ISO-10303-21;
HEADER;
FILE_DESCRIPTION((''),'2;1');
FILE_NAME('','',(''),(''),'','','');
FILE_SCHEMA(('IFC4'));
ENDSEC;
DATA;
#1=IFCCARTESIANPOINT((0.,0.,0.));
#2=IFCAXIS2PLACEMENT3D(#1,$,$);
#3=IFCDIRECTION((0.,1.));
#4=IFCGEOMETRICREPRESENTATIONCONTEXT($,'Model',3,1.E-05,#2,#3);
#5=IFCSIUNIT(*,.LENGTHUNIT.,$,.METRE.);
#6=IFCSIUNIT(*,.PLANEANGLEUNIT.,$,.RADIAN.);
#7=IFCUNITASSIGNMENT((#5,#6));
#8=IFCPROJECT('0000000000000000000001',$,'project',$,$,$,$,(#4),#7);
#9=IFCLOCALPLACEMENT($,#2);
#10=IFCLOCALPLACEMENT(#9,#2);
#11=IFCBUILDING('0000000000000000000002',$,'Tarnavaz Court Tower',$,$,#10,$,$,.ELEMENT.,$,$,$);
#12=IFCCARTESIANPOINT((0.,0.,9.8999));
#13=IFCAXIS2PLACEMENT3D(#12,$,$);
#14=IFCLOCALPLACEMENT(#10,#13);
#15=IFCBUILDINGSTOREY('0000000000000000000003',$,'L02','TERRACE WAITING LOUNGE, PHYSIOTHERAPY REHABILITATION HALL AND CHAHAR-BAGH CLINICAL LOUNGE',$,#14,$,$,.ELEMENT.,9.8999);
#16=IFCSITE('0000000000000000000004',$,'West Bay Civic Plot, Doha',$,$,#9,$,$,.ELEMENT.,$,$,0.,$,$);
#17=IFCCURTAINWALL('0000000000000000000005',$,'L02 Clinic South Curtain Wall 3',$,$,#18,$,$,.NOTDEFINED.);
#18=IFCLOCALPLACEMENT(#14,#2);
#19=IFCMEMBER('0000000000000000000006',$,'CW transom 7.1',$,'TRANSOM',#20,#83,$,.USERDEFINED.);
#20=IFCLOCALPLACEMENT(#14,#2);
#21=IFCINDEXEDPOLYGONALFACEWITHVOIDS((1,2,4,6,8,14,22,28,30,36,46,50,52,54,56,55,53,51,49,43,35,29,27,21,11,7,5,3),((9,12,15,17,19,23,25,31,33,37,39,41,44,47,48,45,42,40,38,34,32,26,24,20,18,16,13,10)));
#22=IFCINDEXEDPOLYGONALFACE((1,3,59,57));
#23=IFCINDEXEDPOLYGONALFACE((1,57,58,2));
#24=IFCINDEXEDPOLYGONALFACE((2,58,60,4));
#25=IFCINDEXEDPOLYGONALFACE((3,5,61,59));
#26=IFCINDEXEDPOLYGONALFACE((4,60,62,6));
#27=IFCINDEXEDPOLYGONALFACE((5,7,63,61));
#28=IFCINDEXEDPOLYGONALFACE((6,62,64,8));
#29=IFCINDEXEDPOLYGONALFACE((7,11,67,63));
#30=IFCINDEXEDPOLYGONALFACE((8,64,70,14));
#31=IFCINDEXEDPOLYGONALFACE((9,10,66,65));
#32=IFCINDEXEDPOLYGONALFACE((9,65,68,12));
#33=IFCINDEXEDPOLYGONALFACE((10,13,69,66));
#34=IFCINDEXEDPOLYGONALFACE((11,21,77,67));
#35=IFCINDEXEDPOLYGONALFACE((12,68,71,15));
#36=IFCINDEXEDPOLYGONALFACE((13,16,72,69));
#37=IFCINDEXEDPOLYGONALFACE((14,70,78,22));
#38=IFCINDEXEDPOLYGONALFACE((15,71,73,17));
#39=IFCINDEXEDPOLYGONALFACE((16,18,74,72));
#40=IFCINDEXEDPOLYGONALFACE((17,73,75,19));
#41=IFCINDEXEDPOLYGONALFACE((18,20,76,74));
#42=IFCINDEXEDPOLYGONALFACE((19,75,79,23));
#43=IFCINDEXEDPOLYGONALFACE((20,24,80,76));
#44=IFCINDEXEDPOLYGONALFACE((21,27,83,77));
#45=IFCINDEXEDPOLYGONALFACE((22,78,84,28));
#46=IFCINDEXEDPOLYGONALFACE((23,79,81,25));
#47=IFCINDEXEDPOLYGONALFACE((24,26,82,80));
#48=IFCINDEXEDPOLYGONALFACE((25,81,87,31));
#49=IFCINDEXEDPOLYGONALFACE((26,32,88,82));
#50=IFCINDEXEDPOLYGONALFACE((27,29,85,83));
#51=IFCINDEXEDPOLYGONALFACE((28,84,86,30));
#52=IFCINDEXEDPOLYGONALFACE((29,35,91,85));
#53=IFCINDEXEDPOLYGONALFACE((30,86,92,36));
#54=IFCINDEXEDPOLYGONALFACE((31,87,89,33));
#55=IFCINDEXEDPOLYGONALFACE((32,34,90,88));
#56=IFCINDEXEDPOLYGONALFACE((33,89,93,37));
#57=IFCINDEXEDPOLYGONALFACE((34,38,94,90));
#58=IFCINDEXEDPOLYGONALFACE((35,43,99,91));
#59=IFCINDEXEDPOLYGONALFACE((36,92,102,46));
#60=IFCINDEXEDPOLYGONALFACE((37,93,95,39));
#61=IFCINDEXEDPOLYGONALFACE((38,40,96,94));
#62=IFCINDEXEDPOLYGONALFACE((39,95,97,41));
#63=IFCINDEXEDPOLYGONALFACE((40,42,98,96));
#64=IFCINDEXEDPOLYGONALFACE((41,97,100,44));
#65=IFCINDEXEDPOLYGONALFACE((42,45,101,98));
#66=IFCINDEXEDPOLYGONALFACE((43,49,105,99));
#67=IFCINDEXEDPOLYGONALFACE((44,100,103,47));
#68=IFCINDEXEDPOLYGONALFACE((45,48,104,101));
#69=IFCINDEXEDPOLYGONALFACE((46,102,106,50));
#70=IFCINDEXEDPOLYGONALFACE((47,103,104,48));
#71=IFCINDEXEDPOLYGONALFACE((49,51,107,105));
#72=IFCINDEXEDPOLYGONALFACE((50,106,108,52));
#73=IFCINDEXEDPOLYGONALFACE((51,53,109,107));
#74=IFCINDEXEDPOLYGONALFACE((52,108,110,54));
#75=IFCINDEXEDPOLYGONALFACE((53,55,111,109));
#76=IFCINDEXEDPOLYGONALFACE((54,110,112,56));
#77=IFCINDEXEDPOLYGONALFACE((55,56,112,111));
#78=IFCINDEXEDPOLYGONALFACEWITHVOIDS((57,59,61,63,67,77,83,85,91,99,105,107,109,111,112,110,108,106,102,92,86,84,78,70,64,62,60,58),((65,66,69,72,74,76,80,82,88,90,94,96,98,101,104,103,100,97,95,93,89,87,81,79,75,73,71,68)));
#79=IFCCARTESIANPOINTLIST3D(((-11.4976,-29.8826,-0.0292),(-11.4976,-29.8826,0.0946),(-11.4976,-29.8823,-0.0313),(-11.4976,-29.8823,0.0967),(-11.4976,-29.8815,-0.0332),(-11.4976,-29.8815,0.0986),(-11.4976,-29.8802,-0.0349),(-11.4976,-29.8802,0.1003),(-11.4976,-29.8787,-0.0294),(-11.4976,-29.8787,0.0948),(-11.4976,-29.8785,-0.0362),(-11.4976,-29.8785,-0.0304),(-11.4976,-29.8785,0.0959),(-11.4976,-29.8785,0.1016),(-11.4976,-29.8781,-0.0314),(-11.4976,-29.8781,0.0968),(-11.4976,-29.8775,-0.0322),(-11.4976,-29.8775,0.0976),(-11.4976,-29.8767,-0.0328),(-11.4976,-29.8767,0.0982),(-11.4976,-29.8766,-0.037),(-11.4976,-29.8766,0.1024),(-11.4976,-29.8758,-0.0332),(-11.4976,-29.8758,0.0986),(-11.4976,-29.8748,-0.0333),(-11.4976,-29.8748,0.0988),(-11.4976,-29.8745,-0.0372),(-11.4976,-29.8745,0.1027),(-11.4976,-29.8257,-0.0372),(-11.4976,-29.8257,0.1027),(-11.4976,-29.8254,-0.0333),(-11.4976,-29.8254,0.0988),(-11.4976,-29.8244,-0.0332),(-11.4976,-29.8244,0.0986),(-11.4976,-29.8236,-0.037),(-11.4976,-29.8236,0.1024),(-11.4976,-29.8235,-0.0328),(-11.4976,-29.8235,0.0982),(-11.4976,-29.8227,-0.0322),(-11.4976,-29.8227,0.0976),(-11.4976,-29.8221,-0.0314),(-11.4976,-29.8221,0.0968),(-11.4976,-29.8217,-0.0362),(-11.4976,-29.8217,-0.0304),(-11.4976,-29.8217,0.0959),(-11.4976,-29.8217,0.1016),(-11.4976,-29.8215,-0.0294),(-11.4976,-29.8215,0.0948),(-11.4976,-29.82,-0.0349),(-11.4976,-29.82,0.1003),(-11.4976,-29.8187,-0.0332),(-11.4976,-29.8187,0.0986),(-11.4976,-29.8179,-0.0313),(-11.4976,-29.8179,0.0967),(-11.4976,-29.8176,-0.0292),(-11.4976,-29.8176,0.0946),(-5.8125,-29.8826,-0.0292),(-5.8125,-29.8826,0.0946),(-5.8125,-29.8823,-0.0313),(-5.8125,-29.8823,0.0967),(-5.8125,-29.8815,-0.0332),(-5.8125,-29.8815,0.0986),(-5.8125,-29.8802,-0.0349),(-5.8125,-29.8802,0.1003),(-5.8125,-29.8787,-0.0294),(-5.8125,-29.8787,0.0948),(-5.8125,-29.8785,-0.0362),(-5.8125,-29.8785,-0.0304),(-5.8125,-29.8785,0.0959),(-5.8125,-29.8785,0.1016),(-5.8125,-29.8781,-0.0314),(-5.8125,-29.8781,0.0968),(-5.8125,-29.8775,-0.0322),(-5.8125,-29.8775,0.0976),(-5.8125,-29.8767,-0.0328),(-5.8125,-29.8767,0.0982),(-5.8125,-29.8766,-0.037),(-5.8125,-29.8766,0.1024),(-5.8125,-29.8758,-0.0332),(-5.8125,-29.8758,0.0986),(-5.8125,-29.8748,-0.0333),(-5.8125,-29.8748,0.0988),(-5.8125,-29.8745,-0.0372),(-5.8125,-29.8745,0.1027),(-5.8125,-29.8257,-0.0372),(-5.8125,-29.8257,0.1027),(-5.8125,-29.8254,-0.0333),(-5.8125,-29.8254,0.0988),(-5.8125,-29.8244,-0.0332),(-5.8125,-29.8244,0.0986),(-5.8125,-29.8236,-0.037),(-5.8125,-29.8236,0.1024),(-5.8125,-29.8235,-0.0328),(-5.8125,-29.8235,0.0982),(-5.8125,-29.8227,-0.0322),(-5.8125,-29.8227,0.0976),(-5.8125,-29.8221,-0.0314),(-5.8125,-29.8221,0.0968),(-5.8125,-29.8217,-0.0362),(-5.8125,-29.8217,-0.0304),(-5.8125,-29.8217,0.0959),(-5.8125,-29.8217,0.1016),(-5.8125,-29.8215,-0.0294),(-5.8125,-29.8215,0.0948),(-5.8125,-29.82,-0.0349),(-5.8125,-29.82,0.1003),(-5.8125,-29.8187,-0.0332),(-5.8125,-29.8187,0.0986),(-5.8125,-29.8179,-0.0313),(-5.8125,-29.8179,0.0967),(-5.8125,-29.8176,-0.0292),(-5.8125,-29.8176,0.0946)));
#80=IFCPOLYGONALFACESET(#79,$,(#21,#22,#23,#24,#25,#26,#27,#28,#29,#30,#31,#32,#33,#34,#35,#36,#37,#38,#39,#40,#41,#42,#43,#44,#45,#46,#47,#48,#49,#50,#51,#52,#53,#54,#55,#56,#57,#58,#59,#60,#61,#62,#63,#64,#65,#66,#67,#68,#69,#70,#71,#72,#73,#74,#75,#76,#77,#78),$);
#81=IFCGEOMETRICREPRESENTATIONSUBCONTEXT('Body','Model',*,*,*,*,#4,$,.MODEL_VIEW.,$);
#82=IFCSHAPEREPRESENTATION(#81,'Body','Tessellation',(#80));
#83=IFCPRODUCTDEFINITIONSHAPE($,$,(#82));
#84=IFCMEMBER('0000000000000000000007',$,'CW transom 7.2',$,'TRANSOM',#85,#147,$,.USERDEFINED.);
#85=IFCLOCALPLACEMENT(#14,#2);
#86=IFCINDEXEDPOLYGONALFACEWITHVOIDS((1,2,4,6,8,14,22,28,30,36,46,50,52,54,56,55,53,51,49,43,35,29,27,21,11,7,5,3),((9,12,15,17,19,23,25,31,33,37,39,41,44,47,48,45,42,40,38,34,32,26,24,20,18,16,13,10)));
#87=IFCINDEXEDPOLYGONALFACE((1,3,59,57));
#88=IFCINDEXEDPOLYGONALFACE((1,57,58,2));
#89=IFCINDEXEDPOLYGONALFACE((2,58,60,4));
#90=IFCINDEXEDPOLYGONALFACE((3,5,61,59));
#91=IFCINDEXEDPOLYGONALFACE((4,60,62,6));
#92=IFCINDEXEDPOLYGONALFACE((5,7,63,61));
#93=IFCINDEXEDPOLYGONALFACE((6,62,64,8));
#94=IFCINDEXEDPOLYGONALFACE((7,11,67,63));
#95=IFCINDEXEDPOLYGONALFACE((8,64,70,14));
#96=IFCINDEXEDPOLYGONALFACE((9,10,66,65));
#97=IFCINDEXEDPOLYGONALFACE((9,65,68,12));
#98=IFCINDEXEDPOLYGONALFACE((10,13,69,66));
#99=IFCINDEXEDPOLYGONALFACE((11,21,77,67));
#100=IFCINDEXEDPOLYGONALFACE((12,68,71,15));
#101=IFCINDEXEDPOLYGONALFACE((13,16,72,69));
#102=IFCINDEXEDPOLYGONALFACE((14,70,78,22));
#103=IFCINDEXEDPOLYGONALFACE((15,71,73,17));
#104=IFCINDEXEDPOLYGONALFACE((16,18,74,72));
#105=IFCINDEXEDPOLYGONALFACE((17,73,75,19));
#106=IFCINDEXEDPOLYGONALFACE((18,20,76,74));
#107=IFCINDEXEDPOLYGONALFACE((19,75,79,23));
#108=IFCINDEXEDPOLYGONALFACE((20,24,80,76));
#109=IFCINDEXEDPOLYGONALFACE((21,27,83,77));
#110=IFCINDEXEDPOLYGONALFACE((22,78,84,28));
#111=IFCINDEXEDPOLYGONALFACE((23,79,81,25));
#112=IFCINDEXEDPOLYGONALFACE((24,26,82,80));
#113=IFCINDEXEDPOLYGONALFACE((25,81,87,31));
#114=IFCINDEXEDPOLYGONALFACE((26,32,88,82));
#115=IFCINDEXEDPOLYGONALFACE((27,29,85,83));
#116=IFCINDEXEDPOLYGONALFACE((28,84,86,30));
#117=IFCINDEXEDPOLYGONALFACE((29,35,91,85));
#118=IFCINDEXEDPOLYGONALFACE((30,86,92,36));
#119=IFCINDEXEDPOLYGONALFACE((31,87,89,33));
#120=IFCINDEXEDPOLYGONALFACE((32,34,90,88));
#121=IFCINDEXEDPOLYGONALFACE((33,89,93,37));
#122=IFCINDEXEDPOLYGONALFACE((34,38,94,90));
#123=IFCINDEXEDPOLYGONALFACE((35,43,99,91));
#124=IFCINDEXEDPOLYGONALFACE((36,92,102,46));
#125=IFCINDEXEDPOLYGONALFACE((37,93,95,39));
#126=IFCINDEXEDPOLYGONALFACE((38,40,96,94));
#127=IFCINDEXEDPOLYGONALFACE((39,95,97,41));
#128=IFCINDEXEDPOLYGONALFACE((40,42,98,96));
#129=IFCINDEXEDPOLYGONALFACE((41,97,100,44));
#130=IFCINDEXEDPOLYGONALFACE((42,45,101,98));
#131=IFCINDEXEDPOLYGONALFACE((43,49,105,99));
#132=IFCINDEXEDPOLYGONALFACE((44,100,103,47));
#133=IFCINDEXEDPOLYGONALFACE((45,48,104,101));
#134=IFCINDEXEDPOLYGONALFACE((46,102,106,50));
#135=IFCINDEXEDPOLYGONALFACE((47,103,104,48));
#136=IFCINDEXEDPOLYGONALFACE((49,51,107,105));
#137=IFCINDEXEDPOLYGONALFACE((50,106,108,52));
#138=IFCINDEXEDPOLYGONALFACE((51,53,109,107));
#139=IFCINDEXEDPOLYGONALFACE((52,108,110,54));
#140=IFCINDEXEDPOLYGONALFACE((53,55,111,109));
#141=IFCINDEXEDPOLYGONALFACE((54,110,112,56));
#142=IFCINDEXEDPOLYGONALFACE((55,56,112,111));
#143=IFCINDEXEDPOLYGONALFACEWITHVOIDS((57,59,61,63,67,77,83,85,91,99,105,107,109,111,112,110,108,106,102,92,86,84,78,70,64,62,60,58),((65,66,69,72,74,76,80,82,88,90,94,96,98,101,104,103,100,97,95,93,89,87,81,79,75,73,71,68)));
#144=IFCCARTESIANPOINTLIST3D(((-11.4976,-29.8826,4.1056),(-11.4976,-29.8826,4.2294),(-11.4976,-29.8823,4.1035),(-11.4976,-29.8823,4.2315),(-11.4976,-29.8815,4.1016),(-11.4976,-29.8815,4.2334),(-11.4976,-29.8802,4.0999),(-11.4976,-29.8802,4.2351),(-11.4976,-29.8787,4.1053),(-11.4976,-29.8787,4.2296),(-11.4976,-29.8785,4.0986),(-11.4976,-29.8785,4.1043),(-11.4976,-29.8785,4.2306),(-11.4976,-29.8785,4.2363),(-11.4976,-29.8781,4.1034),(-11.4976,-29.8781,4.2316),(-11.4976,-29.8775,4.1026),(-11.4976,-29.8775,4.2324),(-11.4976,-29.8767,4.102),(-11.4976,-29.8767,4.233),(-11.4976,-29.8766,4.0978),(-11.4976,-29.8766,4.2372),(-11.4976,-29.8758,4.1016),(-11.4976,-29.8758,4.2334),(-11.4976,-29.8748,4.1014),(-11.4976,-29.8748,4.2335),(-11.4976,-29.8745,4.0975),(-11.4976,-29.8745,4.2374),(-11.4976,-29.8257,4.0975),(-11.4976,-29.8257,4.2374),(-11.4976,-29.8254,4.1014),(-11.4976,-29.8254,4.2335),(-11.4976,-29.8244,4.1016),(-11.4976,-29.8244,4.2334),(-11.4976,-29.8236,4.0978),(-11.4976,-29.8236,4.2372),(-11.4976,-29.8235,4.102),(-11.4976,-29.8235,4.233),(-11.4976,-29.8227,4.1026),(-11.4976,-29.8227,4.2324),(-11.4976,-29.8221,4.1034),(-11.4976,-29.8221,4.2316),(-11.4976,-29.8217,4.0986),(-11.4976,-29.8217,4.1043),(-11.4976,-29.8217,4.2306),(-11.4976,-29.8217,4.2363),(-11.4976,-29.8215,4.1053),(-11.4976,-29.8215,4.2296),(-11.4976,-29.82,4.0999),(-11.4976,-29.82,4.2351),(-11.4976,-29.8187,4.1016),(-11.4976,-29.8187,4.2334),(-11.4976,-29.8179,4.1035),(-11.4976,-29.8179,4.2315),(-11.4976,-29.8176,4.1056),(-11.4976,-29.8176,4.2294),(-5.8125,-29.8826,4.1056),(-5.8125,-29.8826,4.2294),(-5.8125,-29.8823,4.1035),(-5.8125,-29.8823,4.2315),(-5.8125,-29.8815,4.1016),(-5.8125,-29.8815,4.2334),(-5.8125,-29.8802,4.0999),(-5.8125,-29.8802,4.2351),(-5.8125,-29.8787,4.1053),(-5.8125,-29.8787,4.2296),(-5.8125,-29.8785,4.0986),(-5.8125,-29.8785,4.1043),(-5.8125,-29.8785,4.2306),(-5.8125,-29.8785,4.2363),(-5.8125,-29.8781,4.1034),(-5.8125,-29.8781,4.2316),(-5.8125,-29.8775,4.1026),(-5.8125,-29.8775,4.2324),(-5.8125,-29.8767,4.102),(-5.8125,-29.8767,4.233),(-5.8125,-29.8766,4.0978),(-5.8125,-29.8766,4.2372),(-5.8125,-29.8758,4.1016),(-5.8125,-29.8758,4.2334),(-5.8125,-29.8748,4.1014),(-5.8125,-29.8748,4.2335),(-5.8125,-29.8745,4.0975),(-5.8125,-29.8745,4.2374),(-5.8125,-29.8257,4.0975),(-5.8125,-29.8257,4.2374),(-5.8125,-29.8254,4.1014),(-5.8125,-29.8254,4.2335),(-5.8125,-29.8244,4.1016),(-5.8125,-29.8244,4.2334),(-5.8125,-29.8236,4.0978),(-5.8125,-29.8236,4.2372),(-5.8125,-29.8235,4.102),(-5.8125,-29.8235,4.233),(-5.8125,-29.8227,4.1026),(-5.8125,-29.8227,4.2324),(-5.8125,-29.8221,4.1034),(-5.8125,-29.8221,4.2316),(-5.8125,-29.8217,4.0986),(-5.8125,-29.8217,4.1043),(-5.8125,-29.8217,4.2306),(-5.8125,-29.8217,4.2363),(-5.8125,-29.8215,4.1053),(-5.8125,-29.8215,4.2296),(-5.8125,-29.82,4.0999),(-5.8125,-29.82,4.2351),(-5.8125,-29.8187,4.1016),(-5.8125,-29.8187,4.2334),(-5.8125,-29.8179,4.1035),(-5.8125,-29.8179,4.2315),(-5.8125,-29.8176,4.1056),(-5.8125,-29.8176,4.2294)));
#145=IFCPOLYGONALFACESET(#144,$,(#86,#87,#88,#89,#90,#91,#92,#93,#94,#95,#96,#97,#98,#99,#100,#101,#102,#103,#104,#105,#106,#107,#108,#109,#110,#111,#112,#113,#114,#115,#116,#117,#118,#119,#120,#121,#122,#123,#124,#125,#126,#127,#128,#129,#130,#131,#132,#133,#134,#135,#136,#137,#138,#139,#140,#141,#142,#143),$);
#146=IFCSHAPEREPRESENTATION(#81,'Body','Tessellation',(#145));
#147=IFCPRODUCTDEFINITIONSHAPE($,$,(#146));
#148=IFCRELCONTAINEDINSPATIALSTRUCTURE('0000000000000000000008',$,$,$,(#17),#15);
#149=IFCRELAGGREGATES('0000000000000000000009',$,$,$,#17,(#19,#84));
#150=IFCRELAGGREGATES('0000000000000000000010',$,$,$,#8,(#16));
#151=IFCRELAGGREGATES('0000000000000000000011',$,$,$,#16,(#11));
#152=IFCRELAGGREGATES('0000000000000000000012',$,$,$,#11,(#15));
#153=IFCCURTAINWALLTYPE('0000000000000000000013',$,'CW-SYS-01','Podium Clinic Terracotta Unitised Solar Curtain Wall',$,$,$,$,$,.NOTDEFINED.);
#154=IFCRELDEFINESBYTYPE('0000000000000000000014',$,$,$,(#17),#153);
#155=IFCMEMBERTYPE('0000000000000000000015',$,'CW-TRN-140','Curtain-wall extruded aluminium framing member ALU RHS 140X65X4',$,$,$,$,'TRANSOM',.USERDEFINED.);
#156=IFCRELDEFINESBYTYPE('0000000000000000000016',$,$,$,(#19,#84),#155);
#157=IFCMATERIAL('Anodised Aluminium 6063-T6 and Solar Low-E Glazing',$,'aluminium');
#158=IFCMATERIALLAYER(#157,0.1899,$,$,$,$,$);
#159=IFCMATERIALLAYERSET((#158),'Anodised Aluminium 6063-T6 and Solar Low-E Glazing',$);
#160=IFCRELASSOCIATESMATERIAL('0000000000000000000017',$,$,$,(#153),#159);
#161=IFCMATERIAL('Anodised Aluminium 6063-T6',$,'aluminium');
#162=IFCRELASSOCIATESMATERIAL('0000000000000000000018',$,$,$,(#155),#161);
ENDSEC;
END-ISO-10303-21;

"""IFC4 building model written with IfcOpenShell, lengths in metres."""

from ifc_helpers import new_model, si_unit, direction, frame, origin, origin_2d, place, context, subcontext, project, spatial, hollow_rectangle, extrude, material, layer, layer_set, material_profile, profile_set, type_object, element, aggregate, save


model = new_model("IFC4")

# Units and contexts
model_context = context("Model", 3, precision=1e-05, world=origin(), true_north=direction((0.0, 1.0)))
body_context = subcontext(model_context, "Body", "Model", "MODEL_VIEW")
ifc_project = project(units=[si_unit("LENGTHUNIT", "METRE"), si_unit("PLANEANGLEUNIT", "RADIAN")], contexts=[model_context])

# Site, building, storey
site_placement = place(None, origin())
site = spatial("IfcSite", under=ifc_project, at=site_placement, Name="West Bay Civic Plot, Doha", CompositionType="ELEMENT", RefElevation=0.0)
building_placement = place(site_placement, origin())
building = spatial("IfcBuilding", under=site, at=building_placement, Name="Tarnavaz Court Tower", CompositionType="ELEMENT")
storey_placement = place(building_placement, frame((0.0, 0.0, 9.8999)))
storey = spatial("IfcBuildingStorey", under=building, at=storey_placement, Name="L02", Description="TERRACE WAITING LOUNGE, PHYSIOTHERAPY REHABILITATION HALL AND CHAHAR-BAGH CLINICAL LOUNGE", CompositionType="ELEMENT", Elevation=9.8999)

# Curtain wall, members
ifc_material_1 = material(Name="Anodised Aluminium 6063-T6 and Solar Low-E Glazing", Category="aluminium")
ifc_layer_1 = layer(ifc_material_1, 0.1899)
ifc_layer_set_1 = layer_set([ifc_layer_1], Name="Anodised Aluminium 6063-T6 and Solar Low-E Glazing")
curtain_wall_type = type_object("IfcCurtainWallType", Name="CW-SYS-01", Description="Podium Clinic Terracotta Unitised Solar Curtain Wall", PredefinedType="NOTDEFINED", material=ifc_layer_set_1)
curtain_wall_placement = place(storey_placement, origin())
curtain_wall = element("IfcCurtainWall", 1, at=curtain_wall_placement, inside=storey, type_object=curtain_wall_type, Name="L02 Clinic South Curtain Wall 3", PredefinedType="NOTDEFINED")
ifc_material_2 = material(Name="Anodised Aluminium 6063-T6", Category="aluminium")
ifc_material_profile_1 = material_profile(ifc_material_2, hollow_rectangle(XDim=0.0649, YDim=0.1399, WallThickness=0.0039, InnerFilletRadius=0.0039, OuterFilletRadius=0.0081, at=origin_2d()), Name="ALU RHS 140X65X4")
ifc_profile_set_1 = profile_set([ifc_material_profile_1], Name="Anodised Aluminium 6063-T6")
member_type_1 = type_object("IfcMemberType", Name="CW-TRN-140", Description="Curtain-wall extruded aluminium framing member ALU RHS 140X65X4", ElementType="TRANSOM", PredefinedType="USERDEFINED", material=ifc_profile_set_1)
member_1_placement = place(storey_placement, frame((-5.8125, -29.8501, 0.0327), z_axis=(-1.0, 0.0, 0.0), x_axis=(0.0, -1.0, 0.0)))
member_1 = element("IfcMember", 2, at=member_1_placement, type_object=member_type_1, Name="CW transom 7.1", ObjectType="TRANSOM", PredefinedType="USERDEFINED", context=body_context, shape_type="SweptSolid", body=[
    extrude(hollow_rectangle(XDim=0.0649, YDim=0.1399, WallThickness=0.0039, InnerFilletRadius=0.0039, OuterFilletRadius=0.0081, at=origin_2d()), origin(), (0.0, 0.0, 1.0), 5.6851),
])
member_2_placement = place(storey_placement, frame((-5.8125, -29.8501, 4.1675), z_axis=(-1.0, 0.0, 0.0), x_axis=(0.0, -1.0, 0.0)))
member_2 = element("IfcMember", 3, at=member_2_placement, type_object=member_type_1, Name="CW transom 7.2", ObjectType="TRANSOM", PredefinedType="USERDEFINED", context=body_context, shape_type="SweptSolid", body=[
    extrude(hollow_rectangle(XDim=0.0649, YDim=0.1399, WallThickness=0.0039, InnerFilletRadius=0.0039, OuterFilletRadius=0.0081, at=origin_2d()), origin(), (0.0, 0.0, 1.0), 5.6851),
])
aggregate(curtain_wall, [member_1, member_2])

save(model, "model.ifc")
